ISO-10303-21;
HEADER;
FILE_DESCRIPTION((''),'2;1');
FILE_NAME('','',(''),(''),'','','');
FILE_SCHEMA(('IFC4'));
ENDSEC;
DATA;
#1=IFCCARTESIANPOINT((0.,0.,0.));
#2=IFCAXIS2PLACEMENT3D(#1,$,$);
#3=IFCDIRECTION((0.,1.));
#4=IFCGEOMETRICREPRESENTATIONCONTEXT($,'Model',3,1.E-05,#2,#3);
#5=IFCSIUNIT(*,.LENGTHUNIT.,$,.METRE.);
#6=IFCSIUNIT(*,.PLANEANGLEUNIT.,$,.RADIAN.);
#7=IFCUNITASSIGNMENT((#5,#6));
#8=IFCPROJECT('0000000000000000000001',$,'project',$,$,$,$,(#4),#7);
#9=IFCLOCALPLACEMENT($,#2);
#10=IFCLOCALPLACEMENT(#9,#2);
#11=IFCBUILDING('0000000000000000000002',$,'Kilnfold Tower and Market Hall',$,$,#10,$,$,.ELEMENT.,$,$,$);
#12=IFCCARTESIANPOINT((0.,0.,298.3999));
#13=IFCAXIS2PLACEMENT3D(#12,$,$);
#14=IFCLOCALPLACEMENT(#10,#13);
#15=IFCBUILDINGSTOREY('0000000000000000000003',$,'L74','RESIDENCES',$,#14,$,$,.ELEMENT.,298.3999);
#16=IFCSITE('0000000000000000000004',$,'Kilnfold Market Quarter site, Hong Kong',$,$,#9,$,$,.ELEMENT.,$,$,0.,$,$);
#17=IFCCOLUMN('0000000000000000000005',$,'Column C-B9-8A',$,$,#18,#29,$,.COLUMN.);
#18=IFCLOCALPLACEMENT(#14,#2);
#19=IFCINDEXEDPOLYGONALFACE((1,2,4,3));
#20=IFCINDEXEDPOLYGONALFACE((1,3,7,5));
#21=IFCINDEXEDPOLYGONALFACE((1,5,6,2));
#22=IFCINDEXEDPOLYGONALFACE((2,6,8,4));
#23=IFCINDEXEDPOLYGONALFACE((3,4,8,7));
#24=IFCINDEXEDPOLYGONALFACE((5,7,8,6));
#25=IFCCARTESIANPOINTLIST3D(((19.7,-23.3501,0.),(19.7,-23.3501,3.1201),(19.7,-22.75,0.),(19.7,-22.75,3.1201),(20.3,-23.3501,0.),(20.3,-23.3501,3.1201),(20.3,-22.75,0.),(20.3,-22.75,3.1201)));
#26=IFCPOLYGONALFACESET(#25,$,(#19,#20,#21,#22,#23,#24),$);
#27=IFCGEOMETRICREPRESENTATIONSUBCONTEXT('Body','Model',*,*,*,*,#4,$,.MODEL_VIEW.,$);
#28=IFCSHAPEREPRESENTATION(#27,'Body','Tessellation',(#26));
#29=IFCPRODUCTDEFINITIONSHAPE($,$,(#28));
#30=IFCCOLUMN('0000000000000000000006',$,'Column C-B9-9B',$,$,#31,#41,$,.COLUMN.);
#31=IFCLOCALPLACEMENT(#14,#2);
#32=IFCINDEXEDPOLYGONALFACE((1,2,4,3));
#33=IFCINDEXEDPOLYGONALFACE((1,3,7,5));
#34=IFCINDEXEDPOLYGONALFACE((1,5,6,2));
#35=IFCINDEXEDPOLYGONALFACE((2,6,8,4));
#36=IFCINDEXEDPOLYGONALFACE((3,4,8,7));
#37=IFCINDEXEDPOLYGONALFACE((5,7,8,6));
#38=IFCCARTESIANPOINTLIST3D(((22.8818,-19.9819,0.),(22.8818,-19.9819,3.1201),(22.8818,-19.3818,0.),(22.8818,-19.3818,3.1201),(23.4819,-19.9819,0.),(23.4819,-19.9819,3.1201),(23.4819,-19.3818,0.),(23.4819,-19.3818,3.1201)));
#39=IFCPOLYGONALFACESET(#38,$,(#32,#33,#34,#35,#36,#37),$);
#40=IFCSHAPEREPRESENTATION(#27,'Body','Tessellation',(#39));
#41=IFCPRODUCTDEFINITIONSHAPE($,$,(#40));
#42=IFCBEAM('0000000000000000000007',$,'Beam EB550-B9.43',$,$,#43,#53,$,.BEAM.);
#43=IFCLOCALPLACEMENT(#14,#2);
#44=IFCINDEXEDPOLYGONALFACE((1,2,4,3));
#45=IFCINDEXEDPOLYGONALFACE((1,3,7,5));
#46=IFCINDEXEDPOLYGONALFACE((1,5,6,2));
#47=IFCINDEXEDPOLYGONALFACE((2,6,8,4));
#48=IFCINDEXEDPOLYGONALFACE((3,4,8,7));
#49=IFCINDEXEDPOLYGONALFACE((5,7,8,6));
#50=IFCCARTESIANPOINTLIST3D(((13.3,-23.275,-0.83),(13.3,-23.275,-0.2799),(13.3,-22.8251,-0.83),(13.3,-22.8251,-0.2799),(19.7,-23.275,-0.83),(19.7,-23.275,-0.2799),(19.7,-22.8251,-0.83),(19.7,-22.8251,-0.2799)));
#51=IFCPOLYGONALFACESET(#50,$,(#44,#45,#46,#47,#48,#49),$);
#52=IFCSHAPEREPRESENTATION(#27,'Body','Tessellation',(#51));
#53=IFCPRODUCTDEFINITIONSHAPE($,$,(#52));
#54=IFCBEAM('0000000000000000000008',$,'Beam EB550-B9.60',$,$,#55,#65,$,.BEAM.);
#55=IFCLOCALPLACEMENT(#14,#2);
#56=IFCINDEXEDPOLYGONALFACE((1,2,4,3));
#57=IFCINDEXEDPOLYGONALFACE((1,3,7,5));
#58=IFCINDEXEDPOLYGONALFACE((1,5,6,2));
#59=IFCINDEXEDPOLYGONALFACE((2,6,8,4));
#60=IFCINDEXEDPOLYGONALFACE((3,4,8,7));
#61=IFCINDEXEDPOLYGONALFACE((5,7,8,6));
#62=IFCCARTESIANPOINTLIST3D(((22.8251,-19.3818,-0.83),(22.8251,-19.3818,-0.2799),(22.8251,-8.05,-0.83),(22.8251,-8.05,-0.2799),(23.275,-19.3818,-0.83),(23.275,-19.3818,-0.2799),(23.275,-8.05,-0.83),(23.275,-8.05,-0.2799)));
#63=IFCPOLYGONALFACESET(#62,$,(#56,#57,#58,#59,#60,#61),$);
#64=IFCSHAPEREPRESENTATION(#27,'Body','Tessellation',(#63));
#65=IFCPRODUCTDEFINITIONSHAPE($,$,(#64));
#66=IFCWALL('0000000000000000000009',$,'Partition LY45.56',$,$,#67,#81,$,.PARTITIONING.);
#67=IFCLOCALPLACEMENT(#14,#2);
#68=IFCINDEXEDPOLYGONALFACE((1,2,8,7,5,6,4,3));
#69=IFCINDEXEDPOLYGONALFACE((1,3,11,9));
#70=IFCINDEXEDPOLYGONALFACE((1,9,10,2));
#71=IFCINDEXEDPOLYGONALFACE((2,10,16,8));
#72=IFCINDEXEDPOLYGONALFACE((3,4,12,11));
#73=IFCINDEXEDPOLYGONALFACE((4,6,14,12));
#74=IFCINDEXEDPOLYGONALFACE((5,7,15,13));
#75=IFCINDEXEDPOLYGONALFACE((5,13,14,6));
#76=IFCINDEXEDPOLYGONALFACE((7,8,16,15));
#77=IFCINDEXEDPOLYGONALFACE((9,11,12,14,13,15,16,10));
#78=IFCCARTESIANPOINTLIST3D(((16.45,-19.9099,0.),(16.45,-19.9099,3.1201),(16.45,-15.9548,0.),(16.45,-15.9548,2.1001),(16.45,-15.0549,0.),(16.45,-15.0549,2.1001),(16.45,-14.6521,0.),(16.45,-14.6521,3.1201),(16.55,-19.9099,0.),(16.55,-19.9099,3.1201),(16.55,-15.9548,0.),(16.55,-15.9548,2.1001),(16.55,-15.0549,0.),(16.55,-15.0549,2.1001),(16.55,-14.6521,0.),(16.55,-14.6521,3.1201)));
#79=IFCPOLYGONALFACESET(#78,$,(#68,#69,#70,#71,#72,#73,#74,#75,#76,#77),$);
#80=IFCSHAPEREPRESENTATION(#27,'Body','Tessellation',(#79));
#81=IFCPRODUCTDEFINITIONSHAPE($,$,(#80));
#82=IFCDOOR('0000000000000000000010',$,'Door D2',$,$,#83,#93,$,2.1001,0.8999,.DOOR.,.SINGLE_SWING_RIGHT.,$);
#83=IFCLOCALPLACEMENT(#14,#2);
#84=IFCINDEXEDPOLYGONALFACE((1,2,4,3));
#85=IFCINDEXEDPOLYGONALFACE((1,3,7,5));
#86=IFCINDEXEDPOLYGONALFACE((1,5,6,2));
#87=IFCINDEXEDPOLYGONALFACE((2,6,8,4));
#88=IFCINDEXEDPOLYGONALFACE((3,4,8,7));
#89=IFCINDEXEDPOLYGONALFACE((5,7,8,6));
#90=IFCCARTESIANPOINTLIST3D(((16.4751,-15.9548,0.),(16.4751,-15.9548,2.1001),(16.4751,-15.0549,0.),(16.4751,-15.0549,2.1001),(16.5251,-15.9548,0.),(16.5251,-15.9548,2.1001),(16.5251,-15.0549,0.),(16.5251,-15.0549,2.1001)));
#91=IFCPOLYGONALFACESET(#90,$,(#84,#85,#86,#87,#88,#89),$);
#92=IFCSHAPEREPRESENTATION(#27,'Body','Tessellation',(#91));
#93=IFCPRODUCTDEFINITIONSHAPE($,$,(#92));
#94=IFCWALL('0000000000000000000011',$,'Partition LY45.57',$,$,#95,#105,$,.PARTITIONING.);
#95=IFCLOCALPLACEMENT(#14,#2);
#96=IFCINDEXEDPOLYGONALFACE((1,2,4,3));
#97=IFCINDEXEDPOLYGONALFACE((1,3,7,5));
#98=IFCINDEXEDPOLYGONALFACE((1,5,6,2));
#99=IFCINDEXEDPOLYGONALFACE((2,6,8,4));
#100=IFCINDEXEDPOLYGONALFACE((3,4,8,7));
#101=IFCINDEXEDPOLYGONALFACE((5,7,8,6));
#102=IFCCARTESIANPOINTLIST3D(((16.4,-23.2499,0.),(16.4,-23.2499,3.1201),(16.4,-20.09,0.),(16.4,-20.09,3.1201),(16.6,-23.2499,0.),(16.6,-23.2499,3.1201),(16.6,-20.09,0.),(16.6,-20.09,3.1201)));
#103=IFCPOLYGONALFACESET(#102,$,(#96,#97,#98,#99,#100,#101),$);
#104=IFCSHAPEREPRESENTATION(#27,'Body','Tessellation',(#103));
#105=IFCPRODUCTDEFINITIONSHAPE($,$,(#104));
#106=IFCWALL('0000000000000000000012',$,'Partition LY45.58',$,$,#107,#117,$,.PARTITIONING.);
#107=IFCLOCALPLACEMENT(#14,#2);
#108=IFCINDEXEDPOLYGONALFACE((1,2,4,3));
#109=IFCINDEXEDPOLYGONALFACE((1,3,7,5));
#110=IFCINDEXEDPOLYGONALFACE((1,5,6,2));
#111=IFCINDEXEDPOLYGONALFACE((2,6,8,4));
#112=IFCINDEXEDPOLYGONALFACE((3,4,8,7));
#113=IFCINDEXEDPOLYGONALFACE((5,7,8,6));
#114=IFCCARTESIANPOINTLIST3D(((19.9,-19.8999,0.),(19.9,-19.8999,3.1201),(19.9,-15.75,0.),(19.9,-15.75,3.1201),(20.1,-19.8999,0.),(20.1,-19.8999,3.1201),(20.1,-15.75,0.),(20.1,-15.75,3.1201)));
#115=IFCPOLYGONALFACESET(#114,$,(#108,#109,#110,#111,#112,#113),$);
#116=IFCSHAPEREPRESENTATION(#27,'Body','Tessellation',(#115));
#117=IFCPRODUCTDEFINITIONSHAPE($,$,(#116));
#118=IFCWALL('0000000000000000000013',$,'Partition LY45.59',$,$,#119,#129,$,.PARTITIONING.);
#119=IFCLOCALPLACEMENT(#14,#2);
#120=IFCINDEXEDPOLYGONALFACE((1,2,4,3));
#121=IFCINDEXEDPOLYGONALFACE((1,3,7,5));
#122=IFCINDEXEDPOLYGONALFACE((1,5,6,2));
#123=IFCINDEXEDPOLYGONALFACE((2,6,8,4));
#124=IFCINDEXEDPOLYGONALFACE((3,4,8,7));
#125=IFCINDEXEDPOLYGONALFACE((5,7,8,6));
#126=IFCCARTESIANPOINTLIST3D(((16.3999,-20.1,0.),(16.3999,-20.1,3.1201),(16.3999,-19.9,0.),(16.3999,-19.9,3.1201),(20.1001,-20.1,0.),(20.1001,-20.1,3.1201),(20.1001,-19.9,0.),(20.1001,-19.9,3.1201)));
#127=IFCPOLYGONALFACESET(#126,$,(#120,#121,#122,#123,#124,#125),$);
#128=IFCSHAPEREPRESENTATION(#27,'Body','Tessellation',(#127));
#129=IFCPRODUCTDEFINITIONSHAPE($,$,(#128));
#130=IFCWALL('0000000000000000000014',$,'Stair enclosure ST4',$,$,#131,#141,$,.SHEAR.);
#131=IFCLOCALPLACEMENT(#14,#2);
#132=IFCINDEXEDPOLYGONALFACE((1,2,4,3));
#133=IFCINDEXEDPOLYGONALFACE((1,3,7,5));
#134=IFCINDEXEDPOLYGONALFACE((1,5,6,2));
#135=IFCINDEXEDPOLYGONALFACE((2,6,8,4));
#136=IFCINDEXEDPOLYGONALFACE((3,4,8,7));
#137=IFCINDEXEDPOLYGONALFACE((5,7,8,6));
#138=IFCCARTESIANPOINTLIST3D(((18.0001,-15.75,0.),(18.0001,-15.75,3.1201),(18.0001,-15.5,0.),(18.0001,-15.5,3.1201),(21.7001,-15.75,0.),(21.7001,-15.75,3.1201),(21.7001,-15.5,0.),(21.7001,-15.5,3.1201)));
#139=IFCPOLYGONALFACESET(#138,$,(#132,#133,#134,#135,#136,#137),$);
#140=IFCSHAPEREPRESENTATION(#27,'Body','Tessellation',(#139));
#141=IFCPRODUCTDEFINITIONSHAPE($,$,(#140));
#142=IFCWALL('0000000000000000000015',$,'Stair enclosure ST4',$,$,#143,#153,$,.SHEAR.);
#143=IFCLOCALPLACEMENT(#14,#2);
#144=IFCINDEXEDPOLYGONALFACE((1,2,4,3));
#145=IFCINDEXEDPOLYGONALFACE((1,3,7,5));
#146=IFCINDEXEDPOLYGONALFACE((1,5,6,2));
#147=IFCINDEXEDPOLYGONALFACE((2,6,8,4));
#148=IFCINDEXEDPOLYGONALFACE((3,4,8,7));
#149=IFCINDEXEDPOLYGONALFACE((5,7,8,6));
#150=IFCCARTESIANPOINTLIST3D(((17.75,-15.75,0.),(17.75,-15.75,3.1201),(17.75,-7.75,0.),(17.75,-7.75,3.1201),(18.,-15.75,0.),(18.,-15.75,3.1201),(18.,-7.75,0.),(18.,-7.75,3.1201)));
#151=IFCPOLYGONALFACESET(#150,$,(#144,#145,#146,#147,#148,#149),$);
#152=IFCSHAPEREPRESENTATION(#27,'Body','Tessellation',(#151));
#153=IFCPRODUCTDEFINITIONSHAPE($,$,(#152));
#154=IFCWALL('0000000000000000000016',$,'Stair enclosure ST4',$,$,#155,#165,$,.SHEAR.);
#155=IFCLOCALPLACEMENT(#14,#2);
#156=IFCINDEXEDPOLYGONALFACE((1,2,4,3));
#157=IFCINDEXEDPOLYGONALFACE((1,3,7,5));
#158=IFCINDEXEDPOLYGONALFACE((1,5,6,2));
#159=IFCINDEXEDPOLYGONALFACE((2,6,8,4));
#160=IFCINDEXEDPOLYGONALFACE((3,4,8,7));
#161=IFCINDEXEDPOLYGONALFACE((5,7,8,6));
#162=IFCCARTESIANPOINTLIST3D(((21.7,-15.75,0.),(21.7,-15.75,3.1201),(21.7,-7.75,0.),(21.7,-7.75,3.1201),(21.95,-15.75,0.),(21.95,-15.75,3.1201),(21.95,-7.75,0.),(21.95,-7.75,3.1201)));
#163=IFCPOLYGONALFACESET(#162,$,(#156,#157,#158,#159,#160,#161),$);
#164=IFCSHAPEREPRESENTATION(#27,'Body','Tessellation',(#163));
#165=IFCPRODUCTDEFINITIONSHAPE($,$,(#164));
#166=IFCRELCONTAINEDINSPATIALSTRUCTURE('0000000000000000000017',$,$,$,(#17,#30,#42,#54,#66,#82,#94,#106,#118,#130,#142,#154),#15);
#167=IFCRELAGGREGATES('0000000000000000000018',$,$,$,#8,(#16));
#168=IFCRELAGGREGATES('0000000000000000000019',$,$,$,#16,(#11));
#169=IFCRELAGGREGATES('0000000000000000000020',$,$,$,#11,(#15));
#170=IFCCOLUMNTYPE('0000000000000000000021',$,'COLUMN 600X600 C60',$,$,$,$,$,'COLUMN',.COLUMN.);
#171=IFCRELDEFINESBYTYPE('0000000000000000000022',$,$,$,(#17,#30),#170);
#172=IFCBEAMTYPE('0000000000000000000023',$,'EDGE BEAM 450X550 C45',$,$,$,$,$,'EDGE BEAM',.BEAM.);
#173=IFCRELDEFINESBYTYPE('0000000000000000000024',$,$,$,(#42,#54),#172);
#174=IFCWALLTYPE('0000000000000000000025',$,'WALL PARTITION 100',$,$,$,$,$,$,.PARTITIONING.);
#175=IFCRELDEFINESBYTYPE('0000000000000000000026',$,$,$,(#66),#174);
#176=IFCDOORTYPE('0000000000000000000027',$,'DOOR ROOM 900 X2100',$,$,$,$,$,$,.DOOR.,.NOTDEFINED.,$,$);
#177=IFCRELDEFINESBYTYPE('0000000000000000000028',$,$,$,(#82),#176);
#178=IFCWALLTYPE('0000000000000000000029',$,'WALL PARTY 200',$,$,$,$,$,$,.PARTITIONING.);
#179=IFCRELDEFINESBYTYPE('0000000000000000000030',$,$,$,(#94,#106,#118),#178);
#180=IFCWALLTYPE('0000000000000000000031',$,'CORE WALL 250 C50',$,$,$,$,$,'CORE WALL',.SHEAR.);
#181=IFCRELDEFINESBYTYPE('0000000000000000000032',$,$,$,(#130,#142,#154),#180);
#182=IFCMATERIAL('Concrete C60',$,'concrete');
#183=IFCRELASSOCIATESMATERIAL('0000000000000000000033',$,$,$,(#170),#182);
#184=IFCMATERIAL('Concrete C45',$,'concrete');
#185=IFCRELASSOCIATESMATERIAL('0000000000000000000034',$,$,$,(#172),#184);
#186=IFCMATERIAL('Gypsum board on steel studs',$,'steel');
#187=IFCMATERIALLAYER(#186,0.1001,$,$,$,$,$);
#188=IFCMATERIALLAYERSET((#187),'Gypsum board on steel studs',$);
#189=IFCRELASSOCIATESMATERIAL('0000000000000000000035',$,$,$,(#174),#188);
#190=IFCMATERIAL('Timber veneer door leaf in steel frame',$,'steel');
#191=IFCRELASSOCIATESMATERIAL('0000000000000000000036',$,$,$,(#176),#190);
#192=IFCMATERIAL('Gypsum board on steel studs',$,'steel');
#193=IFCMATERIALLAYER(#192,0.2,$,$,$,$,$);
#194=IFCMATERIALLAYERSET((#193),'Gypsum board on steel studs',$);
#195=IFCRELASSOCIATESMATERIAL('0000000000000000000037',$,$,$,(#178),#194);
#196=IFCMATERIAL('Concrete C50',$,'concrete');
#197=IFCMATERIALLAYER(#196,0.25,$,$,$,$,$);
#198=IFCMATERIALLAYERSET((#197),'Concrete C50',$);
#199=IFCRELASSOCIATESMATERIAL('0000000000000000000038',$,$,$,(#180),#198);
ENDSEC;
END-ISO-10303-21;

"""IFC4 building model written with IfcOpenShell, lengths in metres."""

from ifc_helpers import new_model, si_unit, direction, frame, frame_2d, origin, origin_2d, place, context, subcontext, project, spatial, rectangle, extrude, source, transform, mapped, material, layer, layer_set, material_profile, profile_set, type_object, element, fill, save


model = new_model("IFC4")

# Units and contexts
model_context = context("Model", 3, precision=1e-05, world=origin(), true_north=direction((0.0, 1.0)))
body_context = subcontext(model_context, "Body", "Model", "MODEL_VIEW")
ifc_project = project(units=[si_unit("LENGTHUNIT", "METRE"), si_unit("PLANEANGLEUNIT", "RADIAN")], contexts=[model_context])

# Site, building, storey
site_placement = place(None, origin())
site = spatial("IfcSite", under=ifc_project, at=site_placement, Name="Kilnfold Market Quarter site, Hong Kong", CompositionType="ELEMENT", RefElevation=0.0)
building_placement = place(site_placement, origin())
building = spatial("IfcBuilding", under=site, at=building_placement, Name="Kilnfold Tower and Market Hall", CompositionType="ELEMENT")
storey_placement = place(building_placement, frame((0.0, 0.0, 298.3999)))
storey = spatial("IfcBuildingStorey", under=building, at=storey_placement, Name="L74", Description="RESIDENCES", CompositionType="ELEMENT", Elevation=298.3999)

# Columns
ifc_material_1 = material(Name="Concrete C60", Category="concrete")
ifc_material_profile_1 = material_profile(ifc_material_1, rectangle(XDim=0.6001, YDim=0.6001, at=origin_2d()), Name="RC 600x600")
ifc_profile_set_1 = profile_set([ifc_material_profile_1], Name="Concrete C60")
column_type = type_object("IfcColumnType", Name="COLUMN 600X600 C60", ElementType="COLUMN", PredefinedType="COLUMN", material=ifc_profile_set_1)
shared_shape_1 = source(origin(), body_context, "Body", "SweptSolid", [
    extrude(rectangle(XDim=0.6001, YDim=0.6001, at=origin_2d()), origin(), (0.0, 0.0, 1.0), 3.1201),
])
for number, where, z_axis, x_axis, name in (
    (1, (20.0, -23.05, 0.0), (0.0, 0.0, 1.0), (1.0, 0.0, 0.0), "Column C-B9-8A"),
    (2, (23.1819, -19.6819, 0.0), (0.0, 0.0, 1.0), (1.0, 0.0, 0.0), "Column C-B9-9B"),
):
    element("IfcColumn", number, at=place(storey_placement, frame(where, z_axis=z_axis, x_axis=x_axis)), inside=storey, type_object=column_type, Name=name, PredefinedType="COLUMN", context=body_context, shape_type="MappedRepresentation", body=[
        mapped(shared_shape_1, transform((0.0, 0.0, 0.0))),
    ])

# Beams
ifc_material_2 = material(Name="Concrete C45", Category="concrete")
ifc_material_profile_2 = material_profile(ifc_material_2, rectangle(XDim=0.45, YDim=0.55, at=origin_2d()), Name="RC 450x550")
ifc_profile_set_2 = profile_set([ifc_material_profile_2], Name="Concrete C45")
beam_type = type_object("IfcBeamType", Name="EDGE BEAM 450X550 C45", ElementType="EDGE BEAM", PredefinedType="BEAM", material=ifc_profile_set_2)
shared_shape_2 = source(origin(), body_context, "Body", "SweptSolid", [
    extrude(rectangle(XDim=0.45, YDim=0.55, at=origin_2d()), origin(), (0.0, 0.0, 1.0), 6.3999),
])
beam_1_placement = place(storey_placement, frame((13.3, -23.05, -0.5549), z_axis=(1.0, 0.0, 0.0), x_axis=(0.0, 1.0, 0.0)))
element("IfcBeam", 3, at=beam_1_placement, inside=storey, type_object=beam_type, Name="Beam EB550-B9.43", PredefinedType="BEAM", context=body_context, shape_type="MappedRepresentation", body=[
    mapped(shared_shape_2, transform((0.0, 0.0, 0.0))),
])
shared_shape_3 = source(origin(), body_context, "Body", "SweptSolid", [
    extrude(rectangle(XDim=0.45, YDim=0.55, at=origin_2d()), origin(), (0.0, 0.0, 1.0), 11.3318),
])
beam_2_placement = place(storey_placement, frame((23.05, -19.3818, -0.5549), z_axis=(0.0, 1.0, 0.0), x_axis=(-1.0, 0.0, 0.0)))
element("IfcBeam", 4, at=beam_2_placement, inside=storey, type_object=beam_type, Name="Beam EB550-B9.60", PredefinedType="BEAM", context=body_context, shape_type="MappedRepresentation", body=[
    mapped(shared_shape_3, transform((0.0, 0.0, 0.0))),
])

# Wall, opening, door
ifc_material_3 = material(Name="Gypsum board on steel studs", Category="steel")
ifc_layer_1 = layer(ifc_material_3, 0.1001)
ifc_layer_set_1 = layer_set([ifc_layer_1], Name="Gypsum board on steel studs")
wall_type_1 = type_object("IfcWallType", Name="WALL PARTITION 100", PredefinedType="PARTITIONING", material=ifc_layer_set_1)
wall_1_placement = place(storey_placement, frame((16.5, -19.9099, 0.0), z_axis=(0.0, 0.0, 1.0), x_axis=(0.0, 1.0, 0.0)))
wall_1 = element("IfcWall", 5, at=wall_1_placement, inside=storey, type_object=wall_type_1, Name="Partition LY45.56", PredefinedType="PARTITIONING", context=body_context, shape_type="SweptSolid", body=[
    extrude(rectangle(XDim=5.2578, YDim=0.1001, at=frame_2d((2.6289, 0.0))), origin(), (0.0, 0.0, 1.0), 3.1201),
])
opening_1_placement = place(wall_1_placement, frame((3.9551, 0.0, 0.0)))
opening_1 = element("IfcOpeningElement", 6, at=opening_1_placement, cuts=wall_1, PredefinedType="OPENING", context=body_context, shape_type="SweptSolid", body=[
    extrude(rectangle(XDim=0.8999, YDim=2.1001, at=frame_2d((0.45, 1.05))), frame((0.0, 0.0601, 0.0), z_axis=(0.0, -1.0, 0.0), x_axis=(1.0, 0.0, 0.0)), (0.0, 0.0, 1.0), 0.1201),
])
ifc_material_4 = material(Name="Timber veneer door leaf in steel frame", Category="steel")
door_type_1 = type_object("IfcDoorType", Name="DOOR ROOM 900 X2100", OperationType="NOTDEFINED", PredefinedType="DOOR", material=ifc_material_4)
door_1_placement = place(opening_1_placement, origin())
door_1 = element("IfcDoor", 7, at=door_1_placement, inside=storey, type_object=door_type_1, Name="Door D2", OperationType="SINGLE_SWING_RIGHT", OverallHeight=2.1001, OverallWidth=0.8999, PredefinedType="DOOR", context=body_context, shape_type="SweptSolid", body=[
    extrude(rectangle(XDim=0.8999, YDim=2.1001, at=frame_2d((0.45, 1.05))), frame((0.0, 0.0249, 0.0), z_axis=(0.0, -1.0, 0.0), x_axis=(1.0, 0.0, 0.0)), (0.0, 0.0, 1.0), 0.05),
])
fill(opening_1, door_1)

# Walls
ifc_material_5 = material(Name="Gypsum board on steel studs", Category="steel")
ifc_layer_2 = layer(ifc_material_5, 0.2)
ifc_layer_set_2 = layer_set([ifc_layer_2], Name="Gypsum board on steel studs")
wall_type_2 = type_object("IfcWallType", Name="WALL PARTY 200", PredefinedType="PARTITIONING", material=ifc_layer_set_2)
wall_2_placement = place(storey_placement, frame((16.5, -23.25, 0.0), z_axis=(0.0, 0.0, 1.0), x_axis=(0.0, 1.0, 0.0)))
element("IfcWall", 8, at=wall_2_placement, inside=storey, type_object=wall_type_2, Name="Partition LY45.57", PredefinedType="PARTITIONING", context=body_context, shape_type="SweptSolid", body=[
    extrude(rectangle(XDim=3.1599, YDim=0.2, at=frame_2d((1.5801, 0.0))), origin(), (0.0, 0.0, 1.0), 3.1201),
])
wall_3_placement = place(storey_placement, frame((20.0, -19.8999, 0.0), z_axis=(0.0, 0.0, 1.0), x_axis=(0.0, 1.0, 0.0)))
element("IfcWall", 9, at=wall_3_placement, inside=storey, type_object=wall_type_2, Name="Partition LY45.58", PredefinedType="PARTITIONING", context=body_context, shape_type="SweptSolid", body=[
    extrude(rectangle(XDim=4.1499, YDim=0.2, at=frame_2d((2.075, 0.0))), origin(), (0.0, 0.0, 1.0), 3.1201),
])
wall_4_placement = place(storey_placement, frame((16.3999, -20.0, 0.0), z_axis=(0.0, 0.0, 1.0), x_axis=(1.0, 0.0, 0.0)))
element("IfcWall", 10, at=wall_4_placement, inside=storey, type_object=wall_type_2, Name="Partition LY45.59", PredefinedType="PARTITIONING", context=body_context, shape_type="SweptSolid", body=[
    extrude(rectangle(XDim=3.7002, YDim=0.2, at=frame_2d((1.8501, 0.0))), origin(), (0.0, 0.0, 1.0), 3.1201),
])
ifc_material_6 = material(Name="Concrete C50", Category="concrete")
ifc_layer_3 = layer(ifc_material_6, 0.25)
ifc_layer_set_3 = layer_set([ifc_layer_3], Name="Concrete C50")
wall_type_3 = type_object("IfcWallType", Name="CORE WALL 250 C50", ElementType="CORE WALL", PredefinedType="SHEAR", material=ifc_layer_set_3)
shared_shape_4 = source(origin(), body_context, "Body", "SweptSolid", [
    extrude(rectangle(XDim=3.7, YDim=0.25, at=frame_2d((1.8501, 0.0))), origin(), (0.0, 0.0, 1.0), 3.1201),
])
wall_5_placement = place(storey_placement, frame((18.0, -15.625, 0.0), z_axis=(0.0, 0.0, 1.0), x_axis=(1.0, 0.0, 0.0)))
element("IfcWall", 11, at=wall_5_placement, inside=storey, type_object=wall_type_3, Name="Stair enclosure ST4", PredefinedType="SHEAR", context=body_context, shape_type="MappedRepresentation", body=[
    mapped(shared_shape_4, transform((0.0, 0.0, 0.0))),
])
shared_shape_5 = source(origin(), body_context, "Body", "SweptSolid", [
    extrude(rectangle(XDim=8.0, YDim=0.25, at=frame_2d((4.0, 0.0))), origin(), (0.0, 0.0, 1.0), 3.1201),
])
for number, where, z_axis, x_axis, name in (
    (12, (17.875, -15.75, 0.0), (0.0, 0.0, 1.0), (0.0, 1.0, 0.0), "Stair enclosure ST4"),
    (13, (21.825, -15.75, 0.0), (0.0, 0.0, 1.0), (0.0, 1.0, 0.0), "Stair enclosure ST4"),
):
    element("IfcWall", number, at=place(storey_placement, frame(where, z_axis=z_axis, x_axis=x_axis)), inside=storey, type_object=wall_type_3, Name=name, PredefinedType="SHEAR", context=body_context, shape_type="MappedRepresentation", body=[
        mapped(shared_shape_5, transform((0.0, 0.0, 0.0))),
    ])

save(model, "model.ifc")
